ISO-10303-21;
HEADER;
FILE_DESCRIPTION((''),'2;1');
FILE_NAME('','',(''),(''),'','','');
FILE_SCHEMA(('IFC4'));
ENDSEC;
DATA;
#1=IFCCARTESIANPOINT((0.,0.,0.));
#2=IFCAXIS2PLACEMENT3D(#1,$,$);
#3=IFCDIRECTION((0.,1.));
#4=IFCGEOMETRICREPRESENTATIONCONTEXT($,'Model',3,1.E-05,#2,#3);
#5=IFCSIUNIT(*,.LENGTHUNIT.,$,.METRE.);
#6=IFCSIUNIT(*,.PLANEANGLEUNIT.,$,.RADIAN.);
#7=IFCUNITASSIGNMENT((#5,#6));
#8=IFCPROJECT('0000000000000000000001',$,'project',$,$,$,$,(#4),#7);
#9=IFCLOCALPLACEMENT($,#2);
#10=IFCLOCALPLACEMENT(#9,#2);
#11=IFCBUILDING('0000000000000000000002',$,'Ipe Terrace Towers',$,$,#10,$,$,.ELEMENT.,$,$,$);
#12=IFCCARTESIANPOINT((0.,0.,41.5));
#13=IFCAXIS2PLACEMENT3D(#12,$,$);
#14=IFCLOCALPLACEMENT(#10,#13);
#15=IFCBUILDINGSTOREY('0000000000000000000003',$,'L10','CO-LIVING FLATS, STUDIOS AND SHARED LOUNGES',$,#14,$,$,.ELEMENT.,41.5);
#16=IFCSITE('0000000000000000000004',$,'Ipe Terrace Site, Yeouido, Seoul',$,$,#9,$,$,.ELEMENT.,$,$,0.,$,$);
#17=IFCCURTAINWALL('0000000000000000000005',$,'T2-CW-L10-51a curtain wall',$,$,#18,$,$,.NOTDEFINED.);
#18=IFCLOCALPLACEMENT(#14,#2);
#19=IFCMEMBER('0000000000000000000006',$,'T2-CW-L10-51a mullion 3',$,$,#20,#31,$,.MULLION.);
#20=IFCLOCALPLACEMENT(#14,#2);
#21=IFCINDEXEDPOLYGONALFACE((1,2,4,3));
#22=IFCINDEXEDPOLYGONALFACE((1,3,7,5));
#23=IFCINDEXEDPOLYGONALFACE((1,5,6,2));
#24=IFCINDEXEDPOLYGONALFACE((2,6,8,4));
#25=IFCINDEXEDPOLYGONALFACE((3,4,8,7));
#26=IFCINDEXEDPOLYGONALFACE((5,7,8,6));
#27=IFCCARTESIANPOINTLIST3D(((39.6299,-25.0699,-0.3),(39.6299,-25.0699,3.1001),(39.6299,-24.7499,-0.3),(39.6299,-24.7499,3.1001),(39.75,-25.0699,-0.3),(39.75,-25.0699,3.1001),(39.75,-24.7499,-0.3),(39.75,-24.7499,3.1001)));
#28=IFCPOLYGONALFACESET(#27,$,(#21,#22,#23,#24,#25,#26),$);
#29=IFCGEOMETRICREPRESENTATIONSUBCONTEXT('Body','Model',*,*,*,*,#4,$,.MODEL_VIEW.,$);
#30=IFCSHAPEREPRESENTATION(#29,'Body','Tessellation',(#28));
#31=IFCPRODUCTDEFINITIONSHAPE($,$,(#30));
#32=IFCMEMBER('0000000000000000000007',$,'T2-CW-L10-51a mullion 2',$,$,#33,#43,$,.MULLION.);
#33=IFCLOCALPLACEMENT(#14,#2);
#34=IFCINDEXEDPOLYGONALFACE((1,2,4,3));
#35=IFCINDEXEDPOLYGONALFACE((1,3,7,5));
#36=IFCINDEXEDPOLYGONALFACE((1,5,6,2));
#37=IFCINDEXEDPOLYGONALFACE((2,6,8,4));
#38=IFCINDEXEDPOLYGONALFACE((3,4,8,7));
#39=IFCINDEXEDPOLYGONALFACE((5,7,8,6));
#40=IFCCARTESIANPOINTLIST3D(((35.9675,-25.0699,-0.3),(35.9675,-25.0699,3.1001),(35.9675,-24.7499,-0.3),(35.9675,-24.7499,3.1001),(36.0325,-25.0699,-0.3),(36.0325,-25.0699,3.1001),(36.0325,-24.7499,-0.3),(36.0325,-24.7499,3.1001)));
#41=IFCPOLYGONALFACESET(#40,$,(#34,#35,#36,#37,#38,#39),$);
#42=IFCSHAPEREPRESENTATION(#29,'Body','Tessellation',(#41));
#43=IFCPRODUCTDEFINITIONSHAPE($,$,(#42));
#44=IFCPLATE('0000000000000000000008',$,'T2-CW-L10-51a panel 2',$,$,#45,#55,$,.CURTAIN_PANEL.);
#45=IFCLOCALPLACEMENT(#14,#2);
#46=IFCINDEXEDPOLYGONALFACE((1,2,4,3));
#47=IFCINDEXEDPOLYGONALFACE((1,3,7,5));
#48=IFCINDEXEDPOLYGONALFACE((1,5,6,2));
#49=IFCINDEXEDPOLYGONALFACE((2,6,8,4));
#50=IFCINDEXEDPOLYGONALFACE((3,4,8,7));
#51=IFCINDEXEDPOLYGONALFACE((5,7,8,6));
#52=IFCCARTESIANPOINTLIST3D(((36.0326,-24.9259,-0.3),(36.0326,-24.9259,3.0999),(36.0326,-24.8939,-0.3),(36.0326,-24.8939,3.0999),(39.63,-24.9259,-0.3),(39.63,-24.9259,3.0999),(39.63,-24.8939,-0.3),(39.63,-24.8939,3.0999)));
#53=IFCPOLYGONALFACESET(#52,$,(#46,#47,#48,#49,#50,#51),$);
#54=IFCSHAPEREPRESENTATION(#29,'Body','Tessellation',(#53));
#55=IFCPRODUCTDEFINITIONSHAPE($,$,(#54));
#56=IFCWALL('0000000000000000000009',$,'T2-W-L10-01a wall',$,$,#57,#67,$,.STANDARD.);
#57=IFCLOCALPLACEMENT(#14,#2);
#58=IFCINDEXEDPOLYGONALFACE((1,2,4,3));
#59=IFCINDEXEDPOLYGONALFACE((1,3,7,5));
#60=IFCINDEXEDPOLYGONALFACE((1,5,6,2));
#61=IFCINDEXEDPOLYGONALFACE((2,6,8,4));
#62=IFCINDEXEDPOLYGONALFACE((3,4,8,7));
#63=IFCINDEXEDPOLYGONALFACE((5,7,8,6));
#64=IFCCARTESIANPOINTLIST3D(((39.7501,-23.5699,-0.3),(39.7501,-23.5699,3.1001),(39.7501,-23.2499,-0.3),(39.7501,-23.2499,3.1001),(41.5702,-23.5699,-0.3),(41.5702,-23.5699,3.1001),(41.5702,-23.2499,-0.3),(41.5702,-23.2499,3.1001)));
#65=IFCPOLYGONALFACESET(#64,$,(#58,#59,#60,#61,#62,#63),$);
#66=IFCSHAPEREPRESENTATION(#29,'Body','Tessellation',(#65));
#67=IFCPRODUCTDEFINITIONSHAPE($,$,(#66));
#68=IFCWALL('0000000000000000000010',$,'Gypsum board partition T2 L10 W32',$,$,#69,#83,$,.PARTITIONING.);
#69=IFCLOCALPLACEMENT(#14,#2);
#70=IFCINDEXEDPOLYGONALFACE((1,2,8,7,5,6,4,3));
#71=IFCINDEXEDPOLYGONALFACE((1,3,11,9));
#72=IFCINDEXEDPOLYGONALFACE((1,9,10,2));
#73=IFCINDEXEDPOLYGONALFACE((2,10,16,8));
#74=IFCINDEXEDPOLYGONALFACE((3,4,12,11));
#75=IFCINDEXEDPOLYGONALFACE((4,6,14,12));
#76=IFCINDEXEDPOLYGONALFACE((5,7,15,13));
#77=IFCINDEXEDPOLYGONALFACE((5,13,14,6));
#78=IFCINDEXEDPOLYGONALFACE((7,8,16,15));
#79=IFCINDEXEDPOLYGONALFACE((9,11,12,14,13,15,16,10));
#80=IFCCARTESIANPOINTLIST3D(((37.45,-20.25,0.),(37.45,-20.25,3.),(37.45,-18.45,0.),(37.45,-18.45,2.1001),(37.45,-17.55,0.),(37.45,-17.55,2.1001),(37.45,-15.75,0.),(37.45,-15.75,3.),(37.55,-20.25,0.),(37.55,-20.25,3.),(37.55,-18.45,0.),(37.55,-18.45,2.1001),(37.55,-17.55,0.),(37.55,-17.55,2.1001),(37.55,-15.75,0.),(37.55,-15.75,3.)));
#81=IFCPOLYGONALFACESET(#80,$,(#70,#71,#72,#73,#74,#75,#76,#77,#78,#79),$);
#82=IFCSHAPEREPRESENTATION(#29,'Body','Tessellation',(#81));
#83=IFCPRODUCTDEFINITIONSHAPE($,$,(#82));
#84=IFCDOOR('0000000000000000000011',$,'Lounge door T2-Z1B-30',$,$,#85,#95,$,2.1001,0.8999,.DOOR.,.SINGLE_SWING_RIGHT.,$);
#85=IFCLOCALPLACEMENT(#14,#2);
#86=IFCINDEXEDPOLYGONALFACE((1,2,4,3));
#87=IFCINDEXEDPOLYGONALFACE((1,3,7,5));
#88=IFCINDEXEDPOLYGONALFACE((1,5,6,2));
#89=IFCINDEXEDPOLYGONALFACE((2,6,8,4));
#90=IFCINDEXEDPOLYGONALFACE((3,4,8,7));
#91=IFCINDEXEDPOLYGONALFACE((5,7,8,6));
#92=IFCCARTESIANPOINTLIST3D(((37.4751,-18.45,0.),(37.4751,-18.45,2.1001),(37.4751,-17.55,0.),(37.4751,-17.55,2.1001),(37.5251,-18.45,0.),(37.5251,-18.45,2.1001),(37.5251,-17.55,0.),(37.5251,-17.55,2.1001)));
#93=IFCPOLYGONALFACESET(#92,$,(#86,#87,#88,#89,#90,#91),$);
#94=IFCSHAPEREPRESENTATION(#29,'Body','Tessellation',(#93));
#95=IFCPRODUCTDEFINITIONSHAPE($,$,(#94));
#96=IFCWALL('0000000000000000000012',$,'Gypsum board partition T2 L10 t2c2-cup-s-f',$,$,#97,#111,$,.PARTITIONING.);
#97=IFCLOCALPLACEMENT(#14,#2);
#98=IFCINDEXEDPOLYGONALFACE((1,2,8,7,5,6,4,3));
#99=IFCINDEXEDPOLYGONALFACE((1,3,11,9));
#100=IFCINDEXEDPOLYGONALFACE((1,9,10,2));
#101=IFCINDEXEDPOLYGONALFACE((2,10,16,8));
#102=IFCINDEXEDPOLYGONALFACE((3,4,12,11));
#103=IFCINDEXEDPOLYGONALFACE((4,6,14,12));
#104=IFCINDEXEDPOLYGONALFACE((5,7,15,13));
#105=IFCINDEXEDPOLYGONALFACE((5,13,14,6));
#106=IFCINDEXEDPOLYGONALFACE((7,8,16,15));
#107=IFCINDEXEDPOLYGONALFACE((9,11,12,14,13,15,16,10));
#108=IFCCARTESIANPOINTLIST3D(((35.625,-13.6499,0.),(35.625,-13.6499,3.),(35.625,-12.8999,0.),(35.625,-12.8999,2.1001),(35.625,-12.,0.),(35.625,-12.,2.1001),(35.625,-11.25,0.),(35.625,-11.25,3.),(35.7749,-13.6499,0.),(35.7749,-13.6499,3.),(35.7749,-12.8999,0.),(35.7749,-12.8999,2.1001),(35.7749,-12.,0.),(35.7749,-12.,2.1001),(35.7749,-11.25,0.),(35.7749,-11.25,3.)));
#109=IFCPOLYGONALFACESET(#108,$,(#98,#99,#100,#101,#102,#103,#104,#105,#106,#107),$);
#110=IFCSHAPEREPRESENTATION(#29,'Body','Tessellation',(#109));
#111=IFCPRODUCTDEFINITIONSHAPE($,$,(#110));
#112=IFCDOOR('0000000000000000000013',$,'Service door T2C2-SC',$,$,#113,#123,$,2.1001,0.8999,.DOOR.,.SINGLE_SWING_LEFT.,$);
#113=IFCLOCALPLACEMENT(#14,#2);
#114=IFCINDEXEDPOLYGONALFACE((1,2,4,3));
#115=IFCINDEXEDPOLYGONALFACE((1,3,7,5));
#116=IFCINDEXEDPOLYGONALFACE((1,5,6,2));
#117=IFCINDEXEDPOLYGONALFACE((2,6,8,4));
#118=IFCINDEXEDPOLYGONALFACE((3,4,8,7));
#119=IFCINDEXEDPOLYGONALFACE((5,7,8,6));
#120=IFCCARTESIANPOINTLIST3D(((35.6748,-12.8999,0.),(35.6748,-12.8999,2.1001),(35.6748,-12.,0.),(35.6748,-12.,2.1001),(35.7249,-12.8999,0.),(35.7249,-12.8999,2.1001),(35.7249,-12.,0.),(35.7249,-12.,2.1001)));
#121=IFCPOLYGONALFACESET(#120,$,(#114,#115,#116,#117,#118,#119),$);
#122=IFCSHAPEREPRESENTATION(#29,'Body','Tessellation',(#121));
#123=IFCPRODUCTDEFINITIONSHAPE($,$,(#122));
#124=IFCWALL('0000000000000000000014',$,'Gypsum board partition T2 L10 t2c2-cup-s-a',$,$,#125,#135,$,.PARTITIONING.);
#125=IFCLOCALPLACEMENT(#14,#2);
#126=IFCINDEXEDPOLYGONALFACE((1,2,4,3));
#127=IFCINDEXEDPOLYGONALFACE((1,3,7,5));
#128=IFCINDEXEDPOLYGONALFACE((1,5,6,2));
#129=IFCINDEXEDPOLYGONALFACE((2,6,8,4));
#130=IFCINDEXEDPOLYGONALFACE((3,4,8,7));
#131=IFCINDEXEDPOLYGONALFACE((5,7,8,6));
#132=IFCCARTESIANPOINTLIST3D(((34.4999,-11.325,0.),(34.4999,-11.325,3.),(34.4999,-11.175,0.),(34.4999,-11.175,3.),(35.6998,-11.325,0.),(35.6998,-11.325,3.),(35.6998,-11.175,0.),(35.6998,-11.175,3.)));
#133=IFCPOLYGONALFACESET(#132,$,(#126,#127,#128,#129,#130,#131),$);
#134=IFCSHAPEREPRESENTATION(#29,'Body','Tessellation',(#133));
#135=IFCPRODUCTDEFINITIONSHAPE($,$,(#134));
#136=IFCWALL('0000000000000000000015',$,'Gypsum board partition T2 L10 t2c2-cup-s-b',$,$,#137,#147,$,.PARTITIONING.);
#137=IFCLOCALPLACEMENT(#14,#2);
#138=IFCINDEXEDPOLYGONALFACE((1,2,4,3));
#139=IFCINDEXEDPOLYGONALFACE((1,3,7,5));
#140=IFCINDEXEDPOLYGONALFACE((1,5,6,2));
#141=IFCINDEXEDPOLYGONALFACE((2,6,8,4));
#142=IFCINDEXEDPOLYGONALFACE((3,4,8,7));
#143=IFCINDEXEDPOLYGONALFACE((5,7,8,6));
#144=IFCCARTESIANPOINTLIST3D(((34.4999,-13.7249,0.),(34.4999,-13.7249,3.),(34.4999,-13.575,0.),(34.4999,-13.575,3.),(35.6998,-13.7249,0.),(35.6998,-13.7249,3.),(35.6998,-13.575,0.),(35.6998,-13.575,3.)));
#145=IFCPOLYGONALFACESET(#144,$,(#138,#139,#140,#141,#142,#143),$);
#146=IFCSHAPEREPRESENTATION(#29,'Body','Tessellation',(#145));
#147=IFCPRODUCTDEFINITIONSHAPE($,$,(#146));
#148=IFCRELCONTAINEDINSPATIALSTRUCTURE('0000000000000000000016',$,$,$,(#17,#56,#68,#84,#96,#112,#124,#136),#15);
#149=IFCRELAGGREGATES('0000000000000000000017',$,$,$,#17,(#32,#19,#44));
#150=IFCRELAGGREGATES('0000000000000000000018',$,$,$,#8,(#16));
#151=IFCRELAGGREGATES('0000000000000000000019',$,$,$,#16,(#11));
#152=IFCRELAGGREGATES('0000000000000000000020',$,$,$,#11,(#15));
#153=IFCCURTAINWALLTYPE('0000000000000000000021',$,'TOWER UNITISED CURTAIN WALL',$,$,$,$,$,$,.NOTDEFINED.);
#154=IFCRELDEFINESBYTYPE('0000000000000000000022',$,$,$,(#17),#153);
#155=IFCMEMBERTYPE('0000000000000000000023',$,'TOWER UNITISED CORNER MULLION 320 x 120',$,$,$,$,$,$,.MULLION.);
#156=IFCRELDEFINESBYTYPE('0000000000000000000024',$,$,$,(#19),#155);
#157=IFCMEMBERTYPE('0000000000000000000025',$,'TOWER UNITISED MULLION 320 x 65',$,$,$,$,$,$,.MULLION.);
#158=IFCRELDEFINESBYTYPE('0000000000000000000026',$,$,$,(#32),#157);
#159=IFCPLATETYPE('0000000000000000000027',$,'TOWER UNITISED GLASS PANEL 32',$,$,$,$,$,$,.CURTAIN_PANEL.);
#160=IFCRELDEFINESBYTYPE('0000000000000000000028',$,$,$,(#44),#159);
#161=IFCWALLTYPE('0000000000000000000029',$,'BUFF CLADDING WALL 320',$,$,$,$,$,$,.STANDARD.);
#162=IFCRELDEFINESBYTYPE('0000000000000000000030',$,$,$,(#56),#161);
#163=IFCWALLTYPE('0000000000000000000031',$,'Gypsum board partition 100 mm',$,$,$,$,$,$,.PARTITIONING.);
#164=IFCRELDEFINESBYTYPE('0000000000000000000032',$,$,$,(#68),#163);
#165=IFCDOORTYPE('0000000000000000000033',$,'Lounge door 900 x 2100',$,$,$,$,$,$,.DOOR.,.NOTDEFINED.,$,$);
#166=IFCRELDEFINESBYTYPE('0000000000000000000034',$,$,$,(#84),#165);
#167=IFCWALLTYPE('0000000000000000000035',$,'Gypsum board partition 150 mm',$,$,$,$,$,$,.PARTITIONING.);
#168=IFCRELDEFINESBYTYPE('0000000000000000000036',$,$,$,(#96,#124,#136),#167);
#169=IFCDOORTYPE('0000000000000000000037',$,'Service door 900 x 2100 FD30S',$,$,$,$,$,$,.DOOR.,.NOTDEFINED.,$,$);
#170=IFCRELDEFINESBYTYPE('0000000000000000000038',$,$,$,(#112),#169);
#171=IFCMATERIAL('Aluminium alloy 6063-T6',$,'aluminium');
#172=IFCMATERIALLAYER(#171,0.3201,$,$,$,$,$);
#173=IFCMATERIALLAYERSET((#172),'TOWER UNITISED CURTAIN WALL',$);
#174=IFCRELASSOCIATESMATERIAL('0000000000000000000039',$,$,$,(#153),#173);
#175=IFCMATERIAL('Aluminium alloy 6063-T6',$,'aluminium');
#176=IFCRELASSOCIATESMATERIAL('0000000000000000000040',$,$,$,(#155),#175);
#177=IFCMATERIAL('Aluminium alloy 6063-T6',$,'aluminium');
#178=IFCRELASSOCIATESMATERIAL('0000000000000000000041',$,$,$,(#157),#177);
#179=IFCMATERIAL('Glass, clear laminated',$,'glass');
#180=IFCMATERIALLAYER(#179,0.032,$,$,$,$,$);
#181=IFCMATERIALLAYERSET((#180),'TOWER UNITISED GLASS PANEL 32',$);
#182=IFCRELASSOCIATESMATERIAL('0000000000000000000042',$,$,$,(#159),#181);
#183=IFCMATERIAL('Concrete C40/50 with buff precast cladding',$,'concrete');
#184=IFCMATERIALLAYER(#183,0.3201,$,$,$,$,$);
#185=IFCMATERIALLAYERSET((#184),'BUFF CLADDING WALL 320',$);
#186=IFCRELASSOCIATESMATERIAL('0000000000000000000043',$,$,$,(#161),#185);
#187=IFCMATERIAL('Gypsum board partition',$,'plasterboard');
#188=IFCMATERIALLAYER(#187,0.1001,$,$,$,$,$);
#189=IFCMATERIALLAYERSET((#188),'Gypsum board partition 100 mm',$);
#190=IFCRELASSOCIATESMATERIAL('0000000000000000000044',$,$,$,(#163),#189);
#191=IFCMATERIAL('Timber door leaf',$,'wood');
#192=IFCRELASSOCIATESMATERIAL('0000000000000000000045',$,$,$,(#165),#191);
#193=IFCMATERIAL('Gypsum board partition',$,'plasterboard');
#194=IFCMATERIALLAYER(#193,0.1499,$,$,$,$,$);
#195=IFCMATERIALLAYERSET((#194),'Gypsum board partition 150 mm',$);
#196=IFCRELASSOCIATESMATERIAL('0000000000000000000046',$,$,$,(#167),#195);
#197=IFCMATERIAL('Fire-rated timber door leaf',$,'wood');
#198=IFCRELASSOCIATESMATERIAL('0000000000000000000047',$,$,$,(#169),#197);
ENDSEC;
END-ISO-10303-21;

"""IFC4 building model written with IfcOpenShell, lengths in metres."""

from ifc_helpers import new_model, si_unit, direction, frame, frame_2d, origin, origin_2d, place, context, subcontext, project, spatial, rectangle, extrude, material, layer, layer_set, material_profile, profile_set, type_object, element, fill, aggregate, save


model = new_model("IFC4")

# Units and contexts
model_context = context("Model", 3, precision=1e-05, world=origin(), true_north=direction((0.0, 1.0)))
body_context = subcontext(model_context, "Body", "Model", "MODEL_VIEW")
ifc_project = project(units=[si_unit("LENGTHUNIT", "METRE"), si_unit("PLANEANGLEUNIT", "RADIAN")], contexts=[model_context])

# Site, building, storey
site_placement = place(None, origin())
site = spatial("IfcSite", under=ifc_project, at=site_placement, Name="Ipe Terrace Site, Yeouido, Seoul", CompositionType="ELEMENT", RefElevation=0.0)
building_placement = place(site_placement, origin())
building = spatial("IfcBuilding", under=site, at=building_placement, Name="Ipe Terrace Towers", CompositionType="ELEMENT")
storey_placement = place(building_placement, frame((0.0, 0.0, 41.5)))
storey = spatial("IfcBuildingStorey", under=building, at=storey_placement, Name="L10", Description="CO-LIVING FLATS, STUDIOS AND SHARED LOUNGES", CompositionType="ELEMENT", Elevation=41.5)

# Curtain wall, members, plate
ifc_material_1 = material(Name="Aluminium alloy 6063-T6", Category="aluminium")
ifc_layer_1 = layer(ifc_material_1, 0.3201)
ifc_layer_set_1 = layer_set([ifc_layer_1], Name="TOWER UNITISED CURTAIN WALL")
curtain_wall_type = type_object("IfcCurtainWallType", Name="TOWER UNITISED CURTAIN WALL", PredefinedType="NOTDEFINED", material=ifc_layer_set_1)
curtain_wall_placement = place(storey_placement, origin())
curtain_wall = element("IfcCurtainWall", 1, at=curtain_wall_placement, inside=storey, type_object=curtain_wall_type, Name="T2-CW-L10-51a curtain wall", PredefinedType="NOTDEFINED")
ifc_material_2 = material(Name="Aluminium alloy 6063-T6", Category="aluminium")
ifc_material_profile_1 = material_profile(ifc_material_2, rectangle(XDim=0.3201, YDim=0.1201, at=origin_2d()), Name="TOWER UNITISED CORNER MULLION 320 x 120")
ifc_profile_set_1 = profile_set([ifc_material_profile_1], Name="Aluminium alloy 6063-T6")
member_type_1 = type_object("IfcMemberType", Name="TOWER UNITISED CORNER MULLION 320 x 120", PredefinedType="MULLION", material=ifc_profile_set_1)
member_1_placement = place(storey_placement, frame((39.6899, -24.9099, -0.3), z_axis=(0.0, 0.0, 1.0), x_axis=(0.0, -1.0, 0.0)))
member_1 = element("IfcMember", 2, at=member_1_placement, type_object=member_type_1, Name="T2-CW-L10-51a mullion 3", PredefinedType="MULLION", context=body_context, shape_type="SweptSolid", body=[
    extrude(rectangle(XDim=0.3201, YDim=0.1201, at=origin_2d()), origin(), (0.0, 0.0, 1.0), 3.4001),
])
ifc_material_3 = material(Name="Aluminium alloy 6063-T6", Category="aluminium")
ifc_material_profile_2 = material_profile(ifc_material_3, rectangle(XDim=0.3201, YDim=0.0649, at=origin_2d()), Name="TOWER UNITISED MULLION 320 x 65")
ifc_profile_set_2 = profile_set([ifc_material_profile_2], Name="Aluminium alloy 6063-T6")
member_type_2 = type_object("IfcMemberType", Name="TOWER UNITISED MULLION 320 x 65", PredefinedType="MULLION", material=ifc_profile_set_2)
member_2_placement = place(storey_placement, frame((36.0, -24.9099, -0.3), z_axis=(0.0, 0.0, 1.0), x_axis=(0.0, -1.0, 0.0)))
member_2 = element("IfcMember", 3, at=member_2_placement, type_object=member_type_2, Name="T2-CW-L10-51a mullion 2", PredefinedType="MULLION", context=body_context, shape_type="SweptSolid", body=[
    extrude(rectangle(XDim=0.3201, YDim=0.0649, at=origin_2d()), origin(), (0.0, 0.0, 1.0), 3.4001),
])
ifc_material_4 = material(Name="Glass, clear laminated", Category="glass")
ifc_layer_2 = layer(ifc_material_4, 0.032)
ifc_layer_set_2 = layer_set([ifc_layer_2], Name="TOWER UNITISED GLASS PANEL 32")
plate_type = type_object("IfcPlateType", Name="TOWER UNITISED GLASS PANEL 32", PredefinedType="CURTAIN_PANEL", material=ifc_layer_set_2)
plate_placement = place(storey_placement, frame((37.8313, -24.9099, -0.3), z_axis=(0.0, 0.0, 1.0), x_axis=(1.0, 0.0, 0.0)))
plate = element("IfcPlate", 4, at=plate_placement, type_object=plate_type, Name="T2-CW-L10-51a panel 2", PredefinedType="CURTAIN_PANEL", context=body_context, shape_type="SweptSolid", body=[
    extrude(rectangle(XDim=3.5974, YDim=0.032, at=origin_2d()), origin(), (0.0, 0.0, 1.0), 3.3999),
])
aggregate(curtain_wall, [member_2, member_1, plate])

# Wall
ifc_material_5 = material(Name="Concrete C40/50 with buff precast cladding", Category="concrete")
ifc_layer_3 = layer(ifc_material_5, 0.3201)
ifc_layer_set_3 = layer_set([ifc_layer_3], Name="BUFF CLADDING WALL 320")
wall_type_1 = type_object("IfcWallType", Name="BUFF CLADDING WALL 320", PredefinedType="STANDARD", material=ifc_layer_set_3)
wall_1_placement = place(storey_placement, frame((39.75, -23.4099, -0.3), z_axis=(0.0, 0.0, 1.0), x_axis=(1.0, 0.0, 0.0)))
element("IfcWall", 5, at=wall_1_placement, inside=storey, type_object=wall_type_1, Name="T2-W-L10-01a wall", PredefinedType="STANDARD", context=body_context, shape_type="SweptSolid", body=[
    extrude(rectangle(XDim=1.8201, YDim=0.3201, at=frame_2d((0.9102, 0.0))), origin(), (0.0, 0.0, 1.0), 3.4001),
])

# Walls, openings, doors
ifc_material_6 = material(Name="Gypsum board partition", Category="plasterboard")
ifc_layer_4 = layer(ifc_material_6, 0.1001)
ifc_layer_set_4 = layer_set([ifc_layer_4], Name="Gypsum board partition 100 mm")
wall_type_2 = type_object("IfcWallType", Name="Gypsum board partition 100 mm", PredefinedType="PARTITIONING", material=ifc_layer_set_4)
wall_2_placement = place(storey_placement, frame((37.5, -20.25, 0.0), z_axis=(0.0, 0.0, 1.0), x_axis=(0.0, 1.0, 0.0)))
wall_2 = element("IfcWall", 6, at=wall_2_placement, inside=storey, type_object=wall_type_2, Name="Gypsum board partition T2 L10 W32", PredefinedType="PARTITIONING", context=body_context, shape_type="SweptSolid", body=[
    extrude(rectangle(XDim=4.5, YDim=0.1001, at=frame_2d((2.25, 0.0))), origin(), (0.0, 0.0, 1.0), 3.0),
])
opening_1_placement = place(wall_2_placement, frame((1.8, 0.0, 0.0)))
opening_1 = element("IfcOpeningElement", 7, at=opening_1_placement, cuts=wall_2, PredefinedType="OPENING", context=body_context, shape_type="SweptSolid", body=[
    extrude(rectangle(XDim=0.8999, YDim=2.1001, at=frame_2d((0.45, 1.05))), frame((0.0, 0.0601, 0.0), z_axis=(0.0, -1.0, 0.0), x_axis=(1.0, 0.0, 0.0)), (0.0, 0.0, 1.0), 0.1201),
])
ifc_material_7 = material(Name="Timber door leaf", Category="wood")
door_type_1 = type_object("IfcDoorType", Name="Lounge door 900 x 2100", OperationType="NOTDEFINED", PredefinedType="DOOR", material=ifc_material_7)
door_1_placement = place(opening_1_placement, origin())
door_1 = element("IfcDoor", 8, at=door_1_placement, inside=storey, type_object=door_type_1, Name="Lounge door T2-Z1B-30", OperationType="SINGLE_SWING_RIGHT", OverallHeight=2.1001, OverallWidth=0.8999, PredefinedType="DOOR", context=body_context, shape_type="SweptSolid", body=[
    extrude(rectangle(XDim=0.8999, YDim=2.1001, at=frame_2d((0.45, 1.05))), frame((0.0, 0.0249, 0.0), z_axis=(0.0, -1.0, 0.0), x_axis=(1.0, 0.0, 0.0)), (0.0, 0.0, 1.0), 0.05),
])
fill(opening_1, door_1)
ifc_material_8 = material(Name="Gypsum board partition", Category="plasterboard")
ifc_layer_5 = layer(ifc_material_8, 0.1499)
ifc_layer_set_5 = layer_set([ifc_layer_5], Name="Gypsum board partition 150 mm")
wall_type_3 = type_object("IfcWallType", Name="Gypsum board partition 150 mm", PredefinedType="PARTITIONING", material=ifc_layer_set_5)
wall_3_placement = place(storey_placement, frame((35.7, -11.25, 0.0), z_axis=(0.0, 0.0, 1.0), x_axis=(0.0, -1.0, 0.0)))
wall_3 = element("IfcWall", 9, at=wall_3_placement, inside=storey, type_object=wall_type_3, Name="Gypsum board partition T2 L10 t2c2-cup-s-f", PredefinedType="PARTITIONING", context=body_context, shape_type="SweptSolid", body=[
    extrude(rectangle(XDim=2.3999, YDim=0.1499, at=frame_2d((1.2, 0.0))), origin(), (0.0, 0.0, 1.0), 3.0),
])
opening_2_placement = place(wall_3_placement, frame((0.75, 0.0, 0.0)))
opening_2 = element("IfcOpeningElement", 10, at=opening_2_placement, cuts=wall_3, PredefinedType="OPENING", context=body_context, shape_type="SweptSolid", body=[
    extrude(rectangle(XDim=0.8999, YDim=2.1001, at=frame_2d((0.45, 1.05))), frame((0.0, 0.085, 0.0), z_axis=(0.0, -1.0, 0.0), x_axis=(1.0, 0.0, 0.0)), (0.0, 0.0, 1.0), 0.1699),
])
ifc_material_9 = material(Name="Fire-rated timber door leaf", Category="wood")
door_type_2 = type_object("IfcDoorType", Name="Service door 900 x 2100 FD30S", OperationType="NOTDEFINED", PredefinedType="DOOR", material=ifc_material_9)
door_2_placement = place(opening_2_placement, origin())
door_2 = element("IfcDoor", 11, at=door_2_placement, inside=storey, type_object=door_type_2, Name="Service door T2C2-SC", OperationType="SINGLE_SWING_LEFT", OverallHeight=2.1001, OverallWidth=0.8999, PredefinedType="DOOR", context=body_context, shape_type="SweptSolid", body=[
    extrude(rectangle(XDim=0.8999, YDim=2.1001, at=frame_2d((0.45, 1.05))), frame((0.0, 0.0249, 0.0), z_axis=(0.0, -1.0, 0.0), x_axis=(1.0, 0.0, 0.0)), (0.0, 0.0, 1.0), 0.05),
])
fill(opening_2, door_2)

# Walls
for number, where, z_axis, x_axis, name in (
    (12, (35.7, -11.25, 0.0), (0.0, 0.0, 1.0), (-1.0, 0.0, 0.0), "Gypsum board partition T2 L10 t2c2-cup-s-a"),
    (13, (35.7, -13.6499, 0.0), (0.0, 0.0, 1.0), (-1.0, 0.0, 0.0), "Gypsum board partition T2 L10 t2c2-cup-s-b"),
):
    element("IfcWall", number, at=place(storey_placement, frame(where, z_axis=z_axis, x_axis=x_axis)), inside=storey, type_object=wall_type_3, Name=name, PredefinedType="PARTITIONING", context=body_context, shape_type="SweptSolid", body=[
        extrude(rectangle(XDim=1.2, YDim=0.1499, at=frame_2d((0.6001, 0.0))), origin(), (0.0, 0.0, 1.0), 3.0),
    ])

save(model, "model.ifc")
